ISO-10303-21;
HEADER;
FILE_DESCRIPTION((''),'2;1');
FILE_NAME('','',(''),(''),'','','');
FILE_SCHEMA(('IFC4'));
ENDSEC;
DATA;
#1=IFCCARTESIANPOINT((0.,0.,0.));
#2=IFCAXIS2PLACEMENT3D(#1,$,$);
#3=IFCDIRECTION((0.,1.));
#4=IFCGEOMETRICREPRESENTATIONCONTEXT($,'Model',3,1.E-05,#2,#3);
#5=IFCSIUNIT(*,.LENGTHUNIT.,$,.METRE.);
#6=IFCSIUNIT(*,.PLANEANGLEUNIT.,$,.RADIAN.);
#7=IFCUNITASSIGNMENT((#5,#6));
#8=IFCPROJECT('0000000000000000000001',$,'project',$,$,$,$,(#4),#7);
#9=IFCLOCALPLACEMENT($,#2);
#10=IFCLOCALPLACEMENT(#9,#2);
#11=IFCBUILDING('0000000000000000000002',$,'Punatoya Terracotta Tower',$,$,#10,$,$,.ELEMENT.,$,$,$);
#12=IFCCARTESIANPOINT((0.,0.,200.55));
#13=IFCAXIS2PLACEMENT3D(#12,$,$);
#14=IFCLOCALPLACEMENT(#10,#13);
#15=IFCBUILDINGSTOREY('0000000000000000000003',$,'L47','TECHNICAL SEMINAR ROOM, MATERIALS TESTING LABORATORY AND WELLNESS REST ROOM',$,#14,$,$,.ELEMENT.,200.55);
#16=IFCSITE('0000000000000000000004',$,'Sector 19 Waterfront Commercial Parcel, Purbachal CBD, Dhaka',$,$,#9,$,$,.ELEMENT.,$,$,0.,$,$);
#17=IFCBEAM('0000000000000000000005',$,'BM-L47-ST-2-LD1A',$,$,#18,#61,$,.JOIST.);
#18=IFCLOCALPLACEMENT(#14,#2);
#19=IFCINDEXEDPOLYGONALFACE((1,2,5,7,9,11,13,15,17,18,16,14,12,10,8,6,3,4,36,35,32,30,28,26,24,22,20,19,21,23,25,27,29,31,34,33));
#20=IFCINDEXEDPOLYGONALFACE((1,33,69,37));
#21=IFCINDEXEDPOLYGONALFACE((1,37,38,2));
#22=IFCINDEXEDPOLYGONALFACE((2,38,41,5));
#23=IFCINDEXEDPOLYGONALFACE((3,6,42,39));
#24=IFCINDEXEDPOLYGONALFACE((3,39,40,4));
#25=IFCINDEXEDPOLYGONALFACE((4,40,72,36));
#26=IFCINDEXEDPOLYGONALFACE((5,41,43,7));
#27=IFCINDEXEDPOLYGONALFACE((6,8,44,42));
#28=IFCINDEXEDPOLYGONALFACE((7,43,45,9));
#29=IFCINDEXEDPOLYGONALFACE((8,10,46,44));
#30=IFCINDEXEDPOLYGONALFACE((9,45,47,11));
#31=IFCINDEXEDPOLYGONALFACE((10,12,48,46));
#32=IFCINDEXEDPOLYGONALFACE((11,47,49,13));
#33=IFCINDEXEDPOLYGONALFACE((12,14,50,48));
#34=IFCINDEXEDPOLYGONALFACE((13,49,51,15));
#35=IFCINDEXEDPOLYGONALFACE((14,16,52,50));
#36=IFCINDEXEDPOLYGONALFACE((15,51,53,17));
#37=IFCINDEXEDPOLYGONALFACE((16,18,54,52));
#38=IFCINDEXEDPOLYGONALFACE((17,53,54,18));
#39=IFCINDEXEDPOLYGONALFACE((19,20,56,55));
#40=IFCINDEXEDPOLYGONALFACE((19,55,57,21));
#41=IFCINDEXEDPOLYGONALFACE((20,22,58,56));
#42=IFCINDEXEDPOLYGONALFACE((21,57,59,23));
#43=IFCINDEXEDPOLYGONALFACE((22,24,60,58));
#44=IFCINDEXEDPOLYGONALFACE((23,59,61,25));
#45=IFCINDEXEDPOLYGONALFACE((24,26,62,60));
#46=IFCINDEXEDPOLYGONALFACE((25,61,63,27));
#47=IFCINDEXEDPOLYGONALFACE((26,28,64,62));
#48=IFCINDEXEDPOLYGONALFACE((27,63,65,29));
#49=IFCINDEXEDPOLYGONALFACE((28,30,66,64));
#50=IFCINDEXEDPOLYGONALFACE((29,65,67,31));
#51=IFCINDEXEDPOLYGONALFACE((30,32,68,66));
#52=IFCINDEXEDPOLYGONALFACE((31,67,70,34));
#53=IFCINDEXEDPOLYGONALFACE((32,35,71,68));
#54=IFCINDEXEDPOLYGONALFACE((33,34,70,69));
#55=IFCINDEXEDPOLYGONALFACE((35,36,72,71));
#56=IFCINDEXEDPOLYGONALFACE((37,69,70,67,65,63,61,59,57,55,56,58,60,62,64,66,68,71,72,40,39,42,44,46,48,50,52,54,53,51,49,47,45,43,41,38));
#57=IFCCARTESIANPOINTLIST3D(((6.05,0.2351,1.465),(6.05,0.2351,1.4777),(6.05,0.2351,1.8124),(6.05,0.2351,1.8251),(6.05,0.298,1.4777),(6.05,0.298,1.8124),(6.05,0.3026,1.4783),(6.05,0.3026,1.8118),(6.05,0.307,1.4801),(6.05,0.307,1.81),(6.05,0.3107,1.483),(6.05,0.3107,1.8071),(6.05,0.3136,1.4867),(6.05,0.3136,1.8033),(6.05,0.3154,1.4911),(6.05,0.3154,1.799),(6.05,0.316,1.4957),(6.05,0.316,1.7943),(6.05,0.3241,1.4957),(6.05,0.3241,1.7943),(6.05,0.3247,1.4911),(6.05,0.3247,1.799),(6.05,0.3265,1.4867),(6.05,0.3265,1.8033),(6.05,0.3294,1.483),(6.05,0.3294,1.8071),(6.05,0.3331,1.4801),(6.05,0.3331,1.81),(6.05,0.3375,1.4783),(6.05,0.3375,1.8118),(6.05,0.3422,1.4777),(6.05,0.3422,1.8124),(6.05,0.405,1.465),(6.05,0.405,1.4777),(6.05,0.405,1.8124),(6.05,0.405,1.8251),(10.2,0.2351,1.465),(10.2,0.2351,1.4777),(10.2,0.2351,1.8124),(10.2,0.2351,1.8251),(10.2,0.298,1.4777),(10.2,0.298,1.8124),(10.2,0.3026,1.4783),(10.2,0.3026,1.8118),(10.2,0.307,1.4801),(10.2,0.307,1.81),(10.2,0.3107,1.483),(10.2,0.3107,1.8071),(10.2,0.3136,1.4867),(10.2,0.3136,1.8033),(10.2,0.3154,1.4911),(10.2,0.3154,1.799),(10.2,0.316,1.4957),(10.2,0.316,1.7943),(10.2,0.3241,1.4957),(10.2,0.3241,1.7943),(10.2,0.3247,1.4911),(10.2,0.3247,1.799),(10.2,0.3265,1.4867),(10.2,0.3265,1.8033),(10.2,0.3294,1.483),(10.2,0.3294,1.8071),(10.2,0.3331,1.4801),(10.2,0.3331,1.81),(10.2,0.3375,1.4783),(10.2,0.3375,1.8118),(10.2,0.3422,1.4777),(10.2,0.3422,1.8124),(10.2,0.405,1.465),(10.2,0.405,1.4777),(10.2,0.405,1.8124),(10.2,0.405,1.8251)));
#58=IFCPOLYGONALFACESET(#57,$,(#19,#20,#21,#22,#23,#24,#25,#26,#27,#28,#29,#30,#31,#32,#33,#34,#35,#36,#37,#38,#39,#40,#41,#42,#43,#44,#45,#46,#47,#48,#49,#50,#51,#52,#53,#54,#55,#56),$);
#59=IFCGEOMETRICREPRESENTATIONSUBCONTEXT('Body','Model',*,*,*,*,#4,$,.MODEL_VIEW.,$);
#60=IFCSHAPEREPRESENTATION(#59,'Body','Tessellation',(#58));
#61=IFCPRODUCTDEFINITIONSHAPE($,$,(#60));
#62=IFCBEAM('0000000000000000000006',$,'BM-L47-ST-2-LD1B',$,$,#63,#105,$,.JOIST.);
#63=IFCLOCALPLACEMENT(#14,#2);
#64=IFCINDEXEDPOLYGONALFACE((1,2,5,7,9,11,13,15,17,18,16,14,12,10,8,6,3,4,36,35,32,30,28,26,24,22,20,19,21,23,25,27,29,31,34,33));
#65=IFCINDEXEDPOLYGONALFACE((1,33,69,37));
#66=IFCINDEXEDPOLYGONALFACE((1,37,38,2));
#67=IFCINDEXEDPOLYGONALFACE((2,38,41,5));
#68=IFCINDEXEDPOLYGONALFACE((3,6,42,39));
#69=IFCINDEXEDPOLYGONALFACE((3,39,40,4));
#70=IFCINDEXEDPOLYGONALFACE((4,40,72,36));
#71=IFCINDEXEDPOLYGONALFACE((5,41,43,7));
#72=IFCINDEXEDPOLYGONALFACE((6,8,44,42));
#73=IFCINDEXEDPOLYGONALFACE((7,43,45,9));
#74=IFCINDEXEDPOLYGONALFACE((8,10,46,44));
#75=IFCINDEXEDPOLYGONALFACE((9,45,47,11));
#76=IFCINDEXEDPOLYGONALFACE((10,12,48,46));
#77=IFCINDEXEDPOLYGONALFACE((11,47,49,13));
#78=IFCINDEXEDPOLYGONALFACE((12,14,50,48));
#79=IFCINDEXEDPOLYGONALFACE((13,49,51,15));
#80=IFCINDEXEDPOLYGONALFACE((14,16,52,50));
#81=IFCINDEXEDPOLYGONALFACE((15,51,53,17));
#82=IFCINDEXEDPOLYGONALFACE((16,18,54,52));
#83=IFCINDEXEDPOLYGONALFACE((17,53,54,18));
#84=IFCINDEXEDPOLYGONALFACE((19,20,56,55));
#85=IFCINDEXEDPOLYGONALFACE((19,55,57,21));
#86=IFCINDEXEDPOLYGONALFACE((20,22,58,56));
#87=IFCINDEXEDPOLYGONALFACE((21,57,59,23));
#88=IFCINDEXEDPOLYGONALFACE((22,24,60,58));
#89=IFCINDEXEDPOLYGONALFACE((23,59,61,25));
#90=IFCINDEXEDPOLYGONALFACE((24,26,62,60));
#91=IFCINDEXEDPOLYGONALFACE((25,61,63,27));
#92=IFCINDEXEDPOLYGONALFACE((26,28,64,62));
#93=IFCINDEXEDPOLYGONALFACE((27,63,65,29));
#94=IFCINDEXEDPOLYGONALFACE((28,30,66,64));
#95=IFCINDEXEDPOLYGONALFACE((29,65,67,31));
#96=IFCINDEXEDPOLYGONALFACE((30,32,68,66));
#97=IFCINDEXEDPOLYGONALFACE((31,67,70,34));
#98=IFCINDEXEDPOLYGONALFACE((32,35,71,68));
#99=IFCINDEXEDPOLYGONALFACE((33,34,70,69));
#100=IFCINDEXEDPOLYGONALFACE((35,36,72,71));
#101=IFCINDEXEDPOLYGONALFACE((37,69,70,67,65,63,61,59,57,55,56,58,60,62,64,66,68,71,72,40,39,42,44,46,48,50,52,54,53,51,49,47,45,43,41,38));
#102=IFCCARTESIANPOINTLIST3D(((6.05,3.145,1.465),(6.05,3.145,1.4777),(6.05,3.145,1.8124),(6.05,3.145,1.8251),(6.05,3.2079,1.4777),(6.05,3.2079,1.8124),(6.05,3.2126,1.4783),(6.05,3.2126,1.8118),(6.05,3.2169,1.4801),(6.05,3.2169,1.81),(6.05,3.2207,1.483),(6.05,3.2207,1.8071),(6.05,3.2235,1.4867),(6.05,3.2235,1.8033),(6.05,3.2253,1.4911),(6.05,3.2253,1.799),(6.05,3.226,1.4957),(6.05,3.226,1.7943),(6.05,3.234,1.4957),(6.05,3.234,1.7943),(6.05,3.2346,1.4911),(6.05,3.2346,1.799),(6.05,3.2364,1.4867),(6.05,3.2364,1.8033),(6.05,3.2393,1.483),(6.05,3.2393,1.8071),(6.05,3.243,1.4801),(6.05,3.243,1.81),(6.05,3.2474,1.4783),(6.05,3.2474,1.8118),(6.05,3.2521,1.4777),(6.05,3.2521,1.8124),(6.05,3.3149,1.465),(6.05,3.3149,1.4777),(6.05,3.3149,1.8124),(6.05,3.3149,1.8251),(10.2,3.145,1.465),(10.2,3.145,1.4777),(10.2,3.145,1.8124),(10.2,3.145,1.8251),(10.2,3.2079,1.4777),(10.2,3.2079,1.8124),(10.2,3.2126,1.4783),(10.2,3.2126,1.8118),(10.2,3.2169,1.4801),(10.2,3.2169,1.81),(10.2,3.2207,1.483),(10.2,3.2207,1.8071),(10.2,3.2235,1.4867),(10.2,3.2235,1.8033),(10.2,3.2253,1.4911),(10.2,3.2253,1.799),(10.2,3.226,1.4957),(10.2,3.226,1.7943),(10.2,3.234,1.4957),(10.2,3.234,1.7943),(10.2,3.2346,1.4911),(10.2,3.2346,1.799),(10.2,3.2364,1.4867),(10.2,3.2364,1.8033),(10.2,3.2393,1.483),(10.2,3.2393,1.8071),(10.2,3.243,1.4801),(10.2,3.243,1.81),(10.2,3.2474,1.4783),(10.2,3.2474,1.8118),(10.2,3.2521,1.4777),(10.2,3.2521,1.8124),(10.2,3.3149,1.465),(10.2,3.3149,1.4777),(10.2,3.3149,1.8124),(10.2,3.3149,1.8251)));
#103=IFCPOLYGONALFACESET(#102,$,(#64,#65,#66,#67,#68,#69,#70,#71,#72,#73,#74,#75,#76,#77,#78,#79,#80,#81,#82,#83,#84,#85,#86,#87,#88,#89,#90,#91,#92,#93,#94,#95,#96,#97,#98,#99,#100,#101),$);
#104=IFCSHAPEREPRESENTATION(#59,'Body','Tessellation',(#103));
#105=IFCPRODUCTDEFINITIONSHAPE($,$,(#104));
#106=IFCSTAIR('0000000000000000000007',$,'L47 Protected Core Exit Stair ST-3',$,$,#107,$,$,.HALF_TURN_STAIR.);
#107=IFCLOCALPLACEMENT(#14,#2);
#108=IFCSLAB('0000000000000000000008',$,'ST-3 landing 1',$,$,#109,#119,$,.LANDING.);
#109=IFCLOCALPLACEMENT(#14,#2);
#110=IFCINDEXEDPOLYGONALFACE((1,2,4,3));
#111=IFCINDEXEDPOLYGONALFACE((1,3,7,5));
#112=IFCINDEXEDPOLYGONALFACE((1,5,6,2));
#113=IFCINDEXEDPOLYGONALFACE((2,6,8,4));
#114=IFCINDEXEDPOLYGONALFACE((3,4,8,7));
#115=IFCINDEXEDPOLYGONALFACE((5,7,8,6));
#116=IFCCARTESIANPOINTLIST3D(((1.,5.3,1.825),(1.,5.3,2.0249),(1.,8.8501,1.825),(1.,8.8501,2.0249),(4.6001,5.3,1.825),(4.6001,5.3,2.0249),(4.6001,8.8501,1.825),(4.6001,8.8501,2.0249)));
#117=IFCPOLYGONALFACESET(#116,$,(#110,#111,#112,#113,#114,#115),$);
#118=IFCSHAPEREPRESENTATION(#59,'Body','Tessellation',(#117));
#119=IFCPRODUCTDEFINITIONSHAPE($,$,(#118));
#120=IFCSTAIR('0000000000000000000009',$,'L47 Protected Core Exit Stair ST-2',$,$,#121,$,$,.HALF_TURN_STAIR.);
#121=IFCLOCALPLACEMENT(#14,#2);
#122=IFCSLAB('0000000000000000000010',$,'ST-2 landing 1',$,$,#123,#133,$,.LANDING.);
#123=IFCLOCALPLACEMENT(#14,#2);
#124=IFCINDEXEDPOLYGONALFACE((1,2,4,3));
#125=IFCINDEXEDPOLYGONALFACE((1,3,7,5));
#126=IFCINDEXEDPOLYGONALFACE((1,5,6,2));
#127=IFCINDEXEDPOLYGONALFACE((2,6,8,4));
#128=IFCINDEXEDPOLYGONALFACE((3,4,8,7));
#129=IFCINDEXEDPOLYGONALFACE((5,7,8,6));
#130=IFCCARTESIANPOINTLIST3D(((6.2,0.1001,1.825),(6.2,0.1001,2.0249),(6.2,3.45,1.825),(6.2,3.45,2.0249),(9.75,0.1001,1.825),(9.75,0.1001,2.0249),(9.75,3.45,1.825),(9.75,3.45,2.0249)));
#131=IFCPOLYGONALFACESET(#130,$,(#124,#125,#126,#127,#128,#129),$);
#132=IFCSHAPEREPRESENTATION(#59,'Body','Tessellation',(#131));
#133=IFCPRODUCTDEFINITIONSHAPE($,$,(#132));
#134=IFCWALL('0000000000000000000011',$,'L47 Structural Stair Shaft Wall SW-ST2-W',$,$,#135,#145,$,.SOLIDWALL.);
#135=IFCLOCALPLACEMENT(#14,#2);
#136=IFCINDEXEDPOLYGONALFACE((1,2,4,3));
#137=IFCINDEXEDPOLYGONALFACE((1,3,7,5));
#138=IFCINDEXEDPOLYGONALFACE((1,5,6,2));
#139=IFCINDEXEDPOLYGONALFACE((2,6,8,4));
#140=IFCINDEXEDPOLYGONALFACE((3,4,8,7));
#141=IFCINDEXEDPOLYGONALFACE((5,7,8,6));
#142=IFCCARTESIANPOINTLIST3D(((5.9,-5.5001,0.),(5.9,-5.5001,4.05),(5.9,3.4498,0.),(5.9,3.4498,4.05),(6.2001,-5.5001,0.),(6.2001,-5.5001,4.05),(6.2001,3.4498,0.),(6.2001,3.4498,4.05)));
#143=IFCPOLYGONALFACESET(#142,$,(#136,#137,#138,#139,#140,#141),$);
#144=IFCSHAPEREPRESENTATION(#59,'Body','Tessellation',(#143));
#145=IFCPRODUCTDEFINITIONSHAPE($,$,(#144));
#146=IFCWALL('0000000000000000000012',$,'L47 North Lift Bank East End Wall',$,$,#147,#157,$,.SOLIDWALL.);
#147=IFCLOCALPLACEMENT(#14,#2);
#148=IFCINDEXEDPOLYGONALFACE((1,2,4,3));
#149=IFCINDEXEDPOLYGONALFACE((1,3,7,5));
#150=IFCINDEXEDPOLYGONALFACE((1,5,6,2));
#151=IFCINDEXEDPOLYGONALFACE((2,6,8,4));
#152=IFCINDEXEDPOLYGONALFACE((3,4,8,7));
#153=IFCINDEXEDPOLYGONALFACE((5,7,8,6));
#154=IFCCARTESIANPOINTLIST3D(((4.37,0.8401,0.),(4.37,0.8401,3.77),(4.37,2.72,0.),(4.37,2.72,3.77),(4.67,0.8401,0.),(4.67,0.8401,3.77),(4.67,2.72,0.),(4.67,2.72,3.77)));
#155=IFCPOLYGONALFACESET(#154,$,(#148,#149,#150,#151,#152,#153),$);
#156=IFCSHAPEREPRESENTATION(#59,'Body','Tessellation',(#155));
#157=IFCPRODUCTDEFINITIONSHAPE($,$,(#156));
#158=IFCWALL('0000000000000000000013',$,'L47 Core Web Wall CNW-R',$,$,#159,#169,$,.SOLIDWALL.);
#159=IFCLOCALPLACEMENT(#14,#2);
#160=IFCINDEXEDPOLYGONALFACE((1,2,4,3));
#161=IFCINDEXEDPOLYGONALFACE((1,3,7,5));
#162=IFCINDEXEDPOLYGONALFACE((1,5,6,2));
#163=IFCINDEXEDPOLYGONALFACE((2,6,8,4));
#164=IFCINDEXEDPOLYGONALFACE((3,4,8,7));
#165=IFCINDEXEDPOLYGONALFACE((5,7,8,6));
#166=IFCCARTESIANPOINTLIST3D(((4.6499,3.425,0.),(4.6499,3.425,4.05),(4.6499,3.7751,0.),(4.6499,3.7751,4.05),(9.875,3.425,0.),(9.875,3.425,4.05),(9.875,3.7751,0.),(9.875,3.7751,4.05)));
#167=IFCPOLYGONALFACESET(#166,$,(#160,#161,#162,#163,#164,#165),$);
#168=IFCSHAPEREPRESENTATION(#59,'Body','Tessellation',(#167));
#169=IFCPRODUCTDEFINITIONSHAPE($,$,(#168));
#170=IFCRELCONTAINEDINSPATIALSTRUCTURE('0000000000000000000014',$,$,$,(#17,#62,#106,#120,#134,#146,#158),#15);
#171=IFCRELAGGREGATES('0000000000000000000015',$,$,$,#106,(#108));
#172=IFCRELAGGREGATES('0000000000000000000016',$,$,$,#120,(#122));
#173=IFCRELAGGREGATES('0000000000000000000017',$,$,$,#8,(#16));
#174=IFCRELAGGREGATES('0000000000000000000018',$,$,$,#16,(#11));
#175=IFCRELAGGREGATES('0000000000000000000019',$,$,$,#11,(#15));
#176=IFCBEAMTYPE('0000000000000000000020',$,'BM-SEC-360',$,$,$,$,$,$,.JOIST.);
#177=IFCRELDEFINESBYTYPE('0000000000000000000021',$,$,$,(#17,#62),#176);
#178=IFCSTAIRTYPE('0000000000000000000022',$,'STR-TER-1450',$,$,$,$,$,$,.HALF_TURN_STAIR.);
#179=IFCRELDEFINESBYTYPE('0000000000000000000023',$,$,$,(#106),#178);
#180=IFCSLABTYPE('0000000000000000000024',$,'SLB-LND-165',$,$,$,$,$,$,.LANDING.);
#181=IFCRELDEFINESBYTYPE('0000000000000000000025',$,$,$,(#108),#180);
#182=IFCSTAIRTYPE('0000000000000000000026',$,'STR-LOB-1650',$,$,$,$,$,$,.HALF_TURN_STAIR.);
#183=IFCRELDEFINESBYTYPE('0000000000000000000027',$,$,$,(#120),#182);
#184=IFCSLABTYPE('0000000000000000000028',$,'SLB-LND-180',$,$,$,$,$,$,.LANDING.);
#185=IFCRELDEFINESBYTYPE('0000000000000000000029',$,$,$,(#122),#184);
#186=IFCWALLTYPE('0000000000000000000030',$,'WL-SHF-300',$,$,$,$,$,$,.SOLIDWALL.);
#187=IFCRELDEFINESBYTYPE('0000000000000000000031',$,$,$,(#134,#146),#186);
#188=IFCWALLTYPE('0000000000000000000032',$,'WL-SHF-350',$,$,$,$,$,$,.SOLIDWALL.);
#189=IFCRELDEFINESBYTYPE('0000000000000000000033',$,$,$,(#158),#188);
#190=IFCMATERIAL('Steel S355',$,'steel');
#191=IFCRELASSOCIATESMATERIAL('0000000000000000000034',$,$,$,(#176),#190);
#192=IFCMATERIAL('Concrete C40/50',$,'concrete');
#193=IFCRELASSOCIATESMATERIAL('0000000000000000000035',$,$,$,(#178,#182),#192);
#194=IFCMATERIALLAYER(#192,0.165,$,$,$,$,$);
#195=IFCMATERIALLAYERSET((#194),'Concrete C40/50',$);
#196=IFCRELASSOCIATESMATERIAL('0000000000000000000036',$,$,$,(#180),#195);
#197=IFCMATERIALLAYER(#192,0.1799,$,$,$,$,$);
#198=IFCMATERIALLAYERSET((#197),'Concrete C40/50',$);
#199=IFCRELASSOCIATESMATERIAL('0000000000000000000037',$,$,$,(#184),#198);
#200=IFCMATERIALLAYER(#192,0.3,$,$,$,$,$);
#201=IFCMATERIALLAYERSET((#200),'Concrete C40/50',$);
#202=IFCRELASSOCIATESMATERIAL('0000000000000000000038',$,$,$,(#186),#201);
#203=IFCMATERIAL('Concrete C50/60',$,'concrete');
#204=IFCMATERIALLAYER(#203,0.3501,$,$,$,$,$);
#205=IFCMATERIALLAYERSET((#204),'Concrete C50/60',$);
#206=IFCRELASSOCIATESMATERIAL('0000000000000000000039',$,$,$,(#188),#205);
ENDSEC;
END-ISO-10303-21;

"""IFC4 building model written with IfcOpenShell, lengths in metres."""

from ifc_helpers import new_model, si_unit, direction, frame, frame_2d, origin, origin_2d, place, context, subcontext, project, spatial, polyline, rectangle, i_section, outline, extrude, material, layer, layer_set, material_profile, profile_set, type_object, element, aggregate, save


model = new_model("IFC4")

# Units and contexts
model_context = context("Model", 3, precision=1e-05, world=origin(), true_north=direction((0.0, 1.0)))
body_context = subcontext(model_context, "Body", "Model", "MODEL_VIEW")
ifc_project = project(units=[si_unit("LENGTHUNIT", "METRE"), si_unit("PLANEANGLEUNIT", "RADIAN")], contexts=[model_context])

# Site, building, storey
site_placement = place(None, origin())
site = spatial("IfcSite", under=ifc_project, at=site_placement, Name="Sector 19 Waterfront Commercial Parcel, Purbachal CBD, Dhaka", CompositionType="ELEMENT", RefElevation=0.0)
building_placement = place(site_placement, origin())
building = spatial("IfcBuilding", under=site, at=building_placement, Name="Punatoya Terracotta Tower", CompositionType="ELEMENT")
storey_placement = place(building_placement, frame((0.0, 0.0, 200.55)))
storey = spatial("IfcBuildingStorey", under=building, at=storey_placement, Name="L47", Description="TECHNICAL SEMINAR ROOM, MATERIALS TESTING LABORATORY AND WELLNESS REST ROOM", CompositionType="ELEMENT", Elevation=200.55)

# Beams
ifc_material_1 = material(Name="Steel S355", Category="steel")
ifc_material_profile = material_profile(ifc_material_1, i_section(OverallWidth=0.1699, OverallDepth=0.3601, WebThickness=0.0081, FlangeThickness=0.0127, FilletRadius=0.0181, at=origin_2d()))
ifc_profile_set = profile_set([ifc_material_profile], Name="Steel S355")
beam_type = type_object("IfcBeamType", Name="BM-SEC-360", PredefinedType="JOIST", material=ifc_profile_set)
for number, where, z_axis, x_axis, name in (
    (1, (6.05, 0.3201, 1.645), (1.0, 0.0, 0.0), (0.0, 1.0, 0.0), "BM-L47-ST-2-LD1A"),
    (2, (6.05, 3.23, 1.645), (1.0, 0.0, 0.0), (0.0, 1.0, 0.0), "BM-L47-ST-2-LD1B"),
):
    element("IfcBeam", number, at=place(storey_placement, frame(where, z_axis=z_axis, x_axis=x_axis)), inside=storey, type_object=beam_type, Name=name, PredefinedType="JOIST", context=body_context, shape_type="SweptSolid", body=[
        extrude(i_section(OverallWidth=0.1699, OverallDepth=0.3601, WebThickness=0.0081, FlangeThickness=0.0127, FilletRadius=0.0181, at=origin_2d()), origin(), (0.0, 0.0, 1.0), 4.1499),
    ])

# Stairs, slabs
ifc_material_2 = material(Name="Concrete C40/50", Category="concrete")
stair_type_1 = type_object("IfcStairType", Name="STR-TER-1450", PredefinedType="HALF_TURN_STAIR", material=ifc_material_2)
stair_1_placement = place(storey_placement, origin())
stair_1 = element("IfcStair", 3, at=stair_1_placement, inside=storey, type_object=stair_type_1, Name="L47 Protected Core Exit Stair ST-3", PredefinedType="HALF_TURN_STAIR")
ifc_layer_1 = layer(ifc_material_2, 0.165)
ifc_layer_set_1 = layer_set([ifc_layer_1], Name="Concrete C40/50")
slab_type_1 = type_object("IfcSlabType", Name="SLB-LND-165", PredefinedType="LANDING", material=ifc_layer_set_1)
slab_1_placement = place(storey_placement, frame((0.0, 0.0, 1.825)))
slab_1 = element("IfcSlab", 4, at=slab_1_placement, type_object=slab_type_1, Name="ST-3 landing 1", PredefinedType="LANDING", context=body_context, shape_type="SweptSolid", body=[
    extrude(outline(polyline([(1.0, 5.3), (4.6001, 5.3), (4.6001, 8.8501), (1.0, 8.8501), (1.0, 5.3)])), origin(), (0.0, 0.0, 1.0), 0.2),
])
aggregate(stair_1, [slab_1])
stair_type_2 = type_object("IfcStairType", Name="STR-LOB-1650", PredefinedType="HALF_TURN_STAIR", material=ifc_material_2)
stair_2_placement = place(storey_placement, origin())
stair_2 = element("IfcStair", 5, at=stair_2_placement, inside=storey, type_object=stair_type_2, Name="L47 Protected Core Exit Stair ST-2", PredefinedType="HALF_TURN_STAIR")
ifc_layer_2 = layer(ifc_material_2, 0.1799)
ifc_layer_set_2 = layer_set([ifc_layer_2], Name="Concrete C40/50")
slab_type_2 = type_object("IfcSlabType", Name="SLB-LND-180", PredefinedType="LANDING", material=ifc_layer_set_2)
slab_2_placement = place(storey_placement, frame((0.0, 0.0, 1.825)))
slab_2 = element("IfcSlab", 6, at=slab_2_placement, type_object=slab_type_2, Name="ST-2 landing 1", PredefinedType="LANDING", context=body_context, shape_type="SweptSolid", body=[
    extrude(outline(polyline([(9.75, 0.1001), (9.75, 3.45), (6.2, 3.45), (6.2, 0.1001), (9.75, 0.1001)])), origin(), (0.0, 0.0, 1.0), 0.2),
])

# Walls
ifc_layer_3 = layer(ifc_material_2, 0.3)
ifc_layer_set_3 = layer_set([ifc_layer_3], Name="Concrete C40/50")
wall_type_1 = type_object("IfcWallType", Name="WL-SHF-300", PredefinedType="SOLIDWALL", material=ifc_layer_set_3)
wall_1_placement = place(storey_placement, frame((6.05, 3.45, 0.0), z_axis=(0.0, 0.0, 1.0), x_axis=(0.0, -1.0, 0.0)))
element("IfcWall", 7, at=wall_1_placement, inside=storey, type_object=wall_type_1, Name="L47 Structural Stair Shaft Wall SW-ST2-W", PredefinedType="SOLIDWALL", context=body_context, shape_type="SweptSolid", body=[
    extrude(rectangle(XDim=8.95, YDim=0.3, at=frame_2d((4.4751, 0.0))), origin(), (0.0, 0.0, 1.0), 4.05),
])
wall_2_placement = place(storey_placement, frame((4.52, 0.8401, 0.0), z_axis=(0.0, 0.0, 1.0), x_axis=(0.0, 1.0, 0.0)))
element("IfcWall", 8, at=wall_2_placement, inside=storey, type_object=wall_type_1, Name="L47 North Lift Bank East End Wall", PredefinedType="SOLIDWALL", context=body_context, shape_type="SweptSolid", body=[
    extrude(rectangle(XDim=1.8799, YDim=0.3, at=frame_2d((0.9399, 0.0))), origin(), (0.0, 0.0, 1.0), 3.77),
])
ifc_material_3 = material(Name="Concrete C50/60", Category="concrete")
ifc_layer_4 = layer(ifc_material_3, 0.3501)
ifc_layer_set_4 = layer_set([ifc_layer_4], Name="Concrete C50/60")
wall_type_2 = type_object("IfcWallType", Name="WL-SHF-350", PredefinedType="SOLIDWALL", material=ifc_layer_set_4)
wall_3_placement = place(storey_placement, frame((4.6499, 3.6001, 0.0), z_axis=(0.0, 0.0, 1.0), x_axis=(1.0, 0.0, 0.0)))
element("IfcWall", 9, at=wall_3_placement, inside=storey, type_object=wall_type_2, Name="L47 Core Web Wall CNW-R", PredefinedType="SOLIDWALL", context=body_context, shape_type="SweptSolid", body=[
    extrude(rectangle(XDim=5.2251, YDim=0.3501, at=frame_2d((2.6125, 0.0))), origin(), (0.0, 0.0, 1.0), 4.05),
])

aggregate(stair_2, [slab_2])

save(model, "model.ifc")
